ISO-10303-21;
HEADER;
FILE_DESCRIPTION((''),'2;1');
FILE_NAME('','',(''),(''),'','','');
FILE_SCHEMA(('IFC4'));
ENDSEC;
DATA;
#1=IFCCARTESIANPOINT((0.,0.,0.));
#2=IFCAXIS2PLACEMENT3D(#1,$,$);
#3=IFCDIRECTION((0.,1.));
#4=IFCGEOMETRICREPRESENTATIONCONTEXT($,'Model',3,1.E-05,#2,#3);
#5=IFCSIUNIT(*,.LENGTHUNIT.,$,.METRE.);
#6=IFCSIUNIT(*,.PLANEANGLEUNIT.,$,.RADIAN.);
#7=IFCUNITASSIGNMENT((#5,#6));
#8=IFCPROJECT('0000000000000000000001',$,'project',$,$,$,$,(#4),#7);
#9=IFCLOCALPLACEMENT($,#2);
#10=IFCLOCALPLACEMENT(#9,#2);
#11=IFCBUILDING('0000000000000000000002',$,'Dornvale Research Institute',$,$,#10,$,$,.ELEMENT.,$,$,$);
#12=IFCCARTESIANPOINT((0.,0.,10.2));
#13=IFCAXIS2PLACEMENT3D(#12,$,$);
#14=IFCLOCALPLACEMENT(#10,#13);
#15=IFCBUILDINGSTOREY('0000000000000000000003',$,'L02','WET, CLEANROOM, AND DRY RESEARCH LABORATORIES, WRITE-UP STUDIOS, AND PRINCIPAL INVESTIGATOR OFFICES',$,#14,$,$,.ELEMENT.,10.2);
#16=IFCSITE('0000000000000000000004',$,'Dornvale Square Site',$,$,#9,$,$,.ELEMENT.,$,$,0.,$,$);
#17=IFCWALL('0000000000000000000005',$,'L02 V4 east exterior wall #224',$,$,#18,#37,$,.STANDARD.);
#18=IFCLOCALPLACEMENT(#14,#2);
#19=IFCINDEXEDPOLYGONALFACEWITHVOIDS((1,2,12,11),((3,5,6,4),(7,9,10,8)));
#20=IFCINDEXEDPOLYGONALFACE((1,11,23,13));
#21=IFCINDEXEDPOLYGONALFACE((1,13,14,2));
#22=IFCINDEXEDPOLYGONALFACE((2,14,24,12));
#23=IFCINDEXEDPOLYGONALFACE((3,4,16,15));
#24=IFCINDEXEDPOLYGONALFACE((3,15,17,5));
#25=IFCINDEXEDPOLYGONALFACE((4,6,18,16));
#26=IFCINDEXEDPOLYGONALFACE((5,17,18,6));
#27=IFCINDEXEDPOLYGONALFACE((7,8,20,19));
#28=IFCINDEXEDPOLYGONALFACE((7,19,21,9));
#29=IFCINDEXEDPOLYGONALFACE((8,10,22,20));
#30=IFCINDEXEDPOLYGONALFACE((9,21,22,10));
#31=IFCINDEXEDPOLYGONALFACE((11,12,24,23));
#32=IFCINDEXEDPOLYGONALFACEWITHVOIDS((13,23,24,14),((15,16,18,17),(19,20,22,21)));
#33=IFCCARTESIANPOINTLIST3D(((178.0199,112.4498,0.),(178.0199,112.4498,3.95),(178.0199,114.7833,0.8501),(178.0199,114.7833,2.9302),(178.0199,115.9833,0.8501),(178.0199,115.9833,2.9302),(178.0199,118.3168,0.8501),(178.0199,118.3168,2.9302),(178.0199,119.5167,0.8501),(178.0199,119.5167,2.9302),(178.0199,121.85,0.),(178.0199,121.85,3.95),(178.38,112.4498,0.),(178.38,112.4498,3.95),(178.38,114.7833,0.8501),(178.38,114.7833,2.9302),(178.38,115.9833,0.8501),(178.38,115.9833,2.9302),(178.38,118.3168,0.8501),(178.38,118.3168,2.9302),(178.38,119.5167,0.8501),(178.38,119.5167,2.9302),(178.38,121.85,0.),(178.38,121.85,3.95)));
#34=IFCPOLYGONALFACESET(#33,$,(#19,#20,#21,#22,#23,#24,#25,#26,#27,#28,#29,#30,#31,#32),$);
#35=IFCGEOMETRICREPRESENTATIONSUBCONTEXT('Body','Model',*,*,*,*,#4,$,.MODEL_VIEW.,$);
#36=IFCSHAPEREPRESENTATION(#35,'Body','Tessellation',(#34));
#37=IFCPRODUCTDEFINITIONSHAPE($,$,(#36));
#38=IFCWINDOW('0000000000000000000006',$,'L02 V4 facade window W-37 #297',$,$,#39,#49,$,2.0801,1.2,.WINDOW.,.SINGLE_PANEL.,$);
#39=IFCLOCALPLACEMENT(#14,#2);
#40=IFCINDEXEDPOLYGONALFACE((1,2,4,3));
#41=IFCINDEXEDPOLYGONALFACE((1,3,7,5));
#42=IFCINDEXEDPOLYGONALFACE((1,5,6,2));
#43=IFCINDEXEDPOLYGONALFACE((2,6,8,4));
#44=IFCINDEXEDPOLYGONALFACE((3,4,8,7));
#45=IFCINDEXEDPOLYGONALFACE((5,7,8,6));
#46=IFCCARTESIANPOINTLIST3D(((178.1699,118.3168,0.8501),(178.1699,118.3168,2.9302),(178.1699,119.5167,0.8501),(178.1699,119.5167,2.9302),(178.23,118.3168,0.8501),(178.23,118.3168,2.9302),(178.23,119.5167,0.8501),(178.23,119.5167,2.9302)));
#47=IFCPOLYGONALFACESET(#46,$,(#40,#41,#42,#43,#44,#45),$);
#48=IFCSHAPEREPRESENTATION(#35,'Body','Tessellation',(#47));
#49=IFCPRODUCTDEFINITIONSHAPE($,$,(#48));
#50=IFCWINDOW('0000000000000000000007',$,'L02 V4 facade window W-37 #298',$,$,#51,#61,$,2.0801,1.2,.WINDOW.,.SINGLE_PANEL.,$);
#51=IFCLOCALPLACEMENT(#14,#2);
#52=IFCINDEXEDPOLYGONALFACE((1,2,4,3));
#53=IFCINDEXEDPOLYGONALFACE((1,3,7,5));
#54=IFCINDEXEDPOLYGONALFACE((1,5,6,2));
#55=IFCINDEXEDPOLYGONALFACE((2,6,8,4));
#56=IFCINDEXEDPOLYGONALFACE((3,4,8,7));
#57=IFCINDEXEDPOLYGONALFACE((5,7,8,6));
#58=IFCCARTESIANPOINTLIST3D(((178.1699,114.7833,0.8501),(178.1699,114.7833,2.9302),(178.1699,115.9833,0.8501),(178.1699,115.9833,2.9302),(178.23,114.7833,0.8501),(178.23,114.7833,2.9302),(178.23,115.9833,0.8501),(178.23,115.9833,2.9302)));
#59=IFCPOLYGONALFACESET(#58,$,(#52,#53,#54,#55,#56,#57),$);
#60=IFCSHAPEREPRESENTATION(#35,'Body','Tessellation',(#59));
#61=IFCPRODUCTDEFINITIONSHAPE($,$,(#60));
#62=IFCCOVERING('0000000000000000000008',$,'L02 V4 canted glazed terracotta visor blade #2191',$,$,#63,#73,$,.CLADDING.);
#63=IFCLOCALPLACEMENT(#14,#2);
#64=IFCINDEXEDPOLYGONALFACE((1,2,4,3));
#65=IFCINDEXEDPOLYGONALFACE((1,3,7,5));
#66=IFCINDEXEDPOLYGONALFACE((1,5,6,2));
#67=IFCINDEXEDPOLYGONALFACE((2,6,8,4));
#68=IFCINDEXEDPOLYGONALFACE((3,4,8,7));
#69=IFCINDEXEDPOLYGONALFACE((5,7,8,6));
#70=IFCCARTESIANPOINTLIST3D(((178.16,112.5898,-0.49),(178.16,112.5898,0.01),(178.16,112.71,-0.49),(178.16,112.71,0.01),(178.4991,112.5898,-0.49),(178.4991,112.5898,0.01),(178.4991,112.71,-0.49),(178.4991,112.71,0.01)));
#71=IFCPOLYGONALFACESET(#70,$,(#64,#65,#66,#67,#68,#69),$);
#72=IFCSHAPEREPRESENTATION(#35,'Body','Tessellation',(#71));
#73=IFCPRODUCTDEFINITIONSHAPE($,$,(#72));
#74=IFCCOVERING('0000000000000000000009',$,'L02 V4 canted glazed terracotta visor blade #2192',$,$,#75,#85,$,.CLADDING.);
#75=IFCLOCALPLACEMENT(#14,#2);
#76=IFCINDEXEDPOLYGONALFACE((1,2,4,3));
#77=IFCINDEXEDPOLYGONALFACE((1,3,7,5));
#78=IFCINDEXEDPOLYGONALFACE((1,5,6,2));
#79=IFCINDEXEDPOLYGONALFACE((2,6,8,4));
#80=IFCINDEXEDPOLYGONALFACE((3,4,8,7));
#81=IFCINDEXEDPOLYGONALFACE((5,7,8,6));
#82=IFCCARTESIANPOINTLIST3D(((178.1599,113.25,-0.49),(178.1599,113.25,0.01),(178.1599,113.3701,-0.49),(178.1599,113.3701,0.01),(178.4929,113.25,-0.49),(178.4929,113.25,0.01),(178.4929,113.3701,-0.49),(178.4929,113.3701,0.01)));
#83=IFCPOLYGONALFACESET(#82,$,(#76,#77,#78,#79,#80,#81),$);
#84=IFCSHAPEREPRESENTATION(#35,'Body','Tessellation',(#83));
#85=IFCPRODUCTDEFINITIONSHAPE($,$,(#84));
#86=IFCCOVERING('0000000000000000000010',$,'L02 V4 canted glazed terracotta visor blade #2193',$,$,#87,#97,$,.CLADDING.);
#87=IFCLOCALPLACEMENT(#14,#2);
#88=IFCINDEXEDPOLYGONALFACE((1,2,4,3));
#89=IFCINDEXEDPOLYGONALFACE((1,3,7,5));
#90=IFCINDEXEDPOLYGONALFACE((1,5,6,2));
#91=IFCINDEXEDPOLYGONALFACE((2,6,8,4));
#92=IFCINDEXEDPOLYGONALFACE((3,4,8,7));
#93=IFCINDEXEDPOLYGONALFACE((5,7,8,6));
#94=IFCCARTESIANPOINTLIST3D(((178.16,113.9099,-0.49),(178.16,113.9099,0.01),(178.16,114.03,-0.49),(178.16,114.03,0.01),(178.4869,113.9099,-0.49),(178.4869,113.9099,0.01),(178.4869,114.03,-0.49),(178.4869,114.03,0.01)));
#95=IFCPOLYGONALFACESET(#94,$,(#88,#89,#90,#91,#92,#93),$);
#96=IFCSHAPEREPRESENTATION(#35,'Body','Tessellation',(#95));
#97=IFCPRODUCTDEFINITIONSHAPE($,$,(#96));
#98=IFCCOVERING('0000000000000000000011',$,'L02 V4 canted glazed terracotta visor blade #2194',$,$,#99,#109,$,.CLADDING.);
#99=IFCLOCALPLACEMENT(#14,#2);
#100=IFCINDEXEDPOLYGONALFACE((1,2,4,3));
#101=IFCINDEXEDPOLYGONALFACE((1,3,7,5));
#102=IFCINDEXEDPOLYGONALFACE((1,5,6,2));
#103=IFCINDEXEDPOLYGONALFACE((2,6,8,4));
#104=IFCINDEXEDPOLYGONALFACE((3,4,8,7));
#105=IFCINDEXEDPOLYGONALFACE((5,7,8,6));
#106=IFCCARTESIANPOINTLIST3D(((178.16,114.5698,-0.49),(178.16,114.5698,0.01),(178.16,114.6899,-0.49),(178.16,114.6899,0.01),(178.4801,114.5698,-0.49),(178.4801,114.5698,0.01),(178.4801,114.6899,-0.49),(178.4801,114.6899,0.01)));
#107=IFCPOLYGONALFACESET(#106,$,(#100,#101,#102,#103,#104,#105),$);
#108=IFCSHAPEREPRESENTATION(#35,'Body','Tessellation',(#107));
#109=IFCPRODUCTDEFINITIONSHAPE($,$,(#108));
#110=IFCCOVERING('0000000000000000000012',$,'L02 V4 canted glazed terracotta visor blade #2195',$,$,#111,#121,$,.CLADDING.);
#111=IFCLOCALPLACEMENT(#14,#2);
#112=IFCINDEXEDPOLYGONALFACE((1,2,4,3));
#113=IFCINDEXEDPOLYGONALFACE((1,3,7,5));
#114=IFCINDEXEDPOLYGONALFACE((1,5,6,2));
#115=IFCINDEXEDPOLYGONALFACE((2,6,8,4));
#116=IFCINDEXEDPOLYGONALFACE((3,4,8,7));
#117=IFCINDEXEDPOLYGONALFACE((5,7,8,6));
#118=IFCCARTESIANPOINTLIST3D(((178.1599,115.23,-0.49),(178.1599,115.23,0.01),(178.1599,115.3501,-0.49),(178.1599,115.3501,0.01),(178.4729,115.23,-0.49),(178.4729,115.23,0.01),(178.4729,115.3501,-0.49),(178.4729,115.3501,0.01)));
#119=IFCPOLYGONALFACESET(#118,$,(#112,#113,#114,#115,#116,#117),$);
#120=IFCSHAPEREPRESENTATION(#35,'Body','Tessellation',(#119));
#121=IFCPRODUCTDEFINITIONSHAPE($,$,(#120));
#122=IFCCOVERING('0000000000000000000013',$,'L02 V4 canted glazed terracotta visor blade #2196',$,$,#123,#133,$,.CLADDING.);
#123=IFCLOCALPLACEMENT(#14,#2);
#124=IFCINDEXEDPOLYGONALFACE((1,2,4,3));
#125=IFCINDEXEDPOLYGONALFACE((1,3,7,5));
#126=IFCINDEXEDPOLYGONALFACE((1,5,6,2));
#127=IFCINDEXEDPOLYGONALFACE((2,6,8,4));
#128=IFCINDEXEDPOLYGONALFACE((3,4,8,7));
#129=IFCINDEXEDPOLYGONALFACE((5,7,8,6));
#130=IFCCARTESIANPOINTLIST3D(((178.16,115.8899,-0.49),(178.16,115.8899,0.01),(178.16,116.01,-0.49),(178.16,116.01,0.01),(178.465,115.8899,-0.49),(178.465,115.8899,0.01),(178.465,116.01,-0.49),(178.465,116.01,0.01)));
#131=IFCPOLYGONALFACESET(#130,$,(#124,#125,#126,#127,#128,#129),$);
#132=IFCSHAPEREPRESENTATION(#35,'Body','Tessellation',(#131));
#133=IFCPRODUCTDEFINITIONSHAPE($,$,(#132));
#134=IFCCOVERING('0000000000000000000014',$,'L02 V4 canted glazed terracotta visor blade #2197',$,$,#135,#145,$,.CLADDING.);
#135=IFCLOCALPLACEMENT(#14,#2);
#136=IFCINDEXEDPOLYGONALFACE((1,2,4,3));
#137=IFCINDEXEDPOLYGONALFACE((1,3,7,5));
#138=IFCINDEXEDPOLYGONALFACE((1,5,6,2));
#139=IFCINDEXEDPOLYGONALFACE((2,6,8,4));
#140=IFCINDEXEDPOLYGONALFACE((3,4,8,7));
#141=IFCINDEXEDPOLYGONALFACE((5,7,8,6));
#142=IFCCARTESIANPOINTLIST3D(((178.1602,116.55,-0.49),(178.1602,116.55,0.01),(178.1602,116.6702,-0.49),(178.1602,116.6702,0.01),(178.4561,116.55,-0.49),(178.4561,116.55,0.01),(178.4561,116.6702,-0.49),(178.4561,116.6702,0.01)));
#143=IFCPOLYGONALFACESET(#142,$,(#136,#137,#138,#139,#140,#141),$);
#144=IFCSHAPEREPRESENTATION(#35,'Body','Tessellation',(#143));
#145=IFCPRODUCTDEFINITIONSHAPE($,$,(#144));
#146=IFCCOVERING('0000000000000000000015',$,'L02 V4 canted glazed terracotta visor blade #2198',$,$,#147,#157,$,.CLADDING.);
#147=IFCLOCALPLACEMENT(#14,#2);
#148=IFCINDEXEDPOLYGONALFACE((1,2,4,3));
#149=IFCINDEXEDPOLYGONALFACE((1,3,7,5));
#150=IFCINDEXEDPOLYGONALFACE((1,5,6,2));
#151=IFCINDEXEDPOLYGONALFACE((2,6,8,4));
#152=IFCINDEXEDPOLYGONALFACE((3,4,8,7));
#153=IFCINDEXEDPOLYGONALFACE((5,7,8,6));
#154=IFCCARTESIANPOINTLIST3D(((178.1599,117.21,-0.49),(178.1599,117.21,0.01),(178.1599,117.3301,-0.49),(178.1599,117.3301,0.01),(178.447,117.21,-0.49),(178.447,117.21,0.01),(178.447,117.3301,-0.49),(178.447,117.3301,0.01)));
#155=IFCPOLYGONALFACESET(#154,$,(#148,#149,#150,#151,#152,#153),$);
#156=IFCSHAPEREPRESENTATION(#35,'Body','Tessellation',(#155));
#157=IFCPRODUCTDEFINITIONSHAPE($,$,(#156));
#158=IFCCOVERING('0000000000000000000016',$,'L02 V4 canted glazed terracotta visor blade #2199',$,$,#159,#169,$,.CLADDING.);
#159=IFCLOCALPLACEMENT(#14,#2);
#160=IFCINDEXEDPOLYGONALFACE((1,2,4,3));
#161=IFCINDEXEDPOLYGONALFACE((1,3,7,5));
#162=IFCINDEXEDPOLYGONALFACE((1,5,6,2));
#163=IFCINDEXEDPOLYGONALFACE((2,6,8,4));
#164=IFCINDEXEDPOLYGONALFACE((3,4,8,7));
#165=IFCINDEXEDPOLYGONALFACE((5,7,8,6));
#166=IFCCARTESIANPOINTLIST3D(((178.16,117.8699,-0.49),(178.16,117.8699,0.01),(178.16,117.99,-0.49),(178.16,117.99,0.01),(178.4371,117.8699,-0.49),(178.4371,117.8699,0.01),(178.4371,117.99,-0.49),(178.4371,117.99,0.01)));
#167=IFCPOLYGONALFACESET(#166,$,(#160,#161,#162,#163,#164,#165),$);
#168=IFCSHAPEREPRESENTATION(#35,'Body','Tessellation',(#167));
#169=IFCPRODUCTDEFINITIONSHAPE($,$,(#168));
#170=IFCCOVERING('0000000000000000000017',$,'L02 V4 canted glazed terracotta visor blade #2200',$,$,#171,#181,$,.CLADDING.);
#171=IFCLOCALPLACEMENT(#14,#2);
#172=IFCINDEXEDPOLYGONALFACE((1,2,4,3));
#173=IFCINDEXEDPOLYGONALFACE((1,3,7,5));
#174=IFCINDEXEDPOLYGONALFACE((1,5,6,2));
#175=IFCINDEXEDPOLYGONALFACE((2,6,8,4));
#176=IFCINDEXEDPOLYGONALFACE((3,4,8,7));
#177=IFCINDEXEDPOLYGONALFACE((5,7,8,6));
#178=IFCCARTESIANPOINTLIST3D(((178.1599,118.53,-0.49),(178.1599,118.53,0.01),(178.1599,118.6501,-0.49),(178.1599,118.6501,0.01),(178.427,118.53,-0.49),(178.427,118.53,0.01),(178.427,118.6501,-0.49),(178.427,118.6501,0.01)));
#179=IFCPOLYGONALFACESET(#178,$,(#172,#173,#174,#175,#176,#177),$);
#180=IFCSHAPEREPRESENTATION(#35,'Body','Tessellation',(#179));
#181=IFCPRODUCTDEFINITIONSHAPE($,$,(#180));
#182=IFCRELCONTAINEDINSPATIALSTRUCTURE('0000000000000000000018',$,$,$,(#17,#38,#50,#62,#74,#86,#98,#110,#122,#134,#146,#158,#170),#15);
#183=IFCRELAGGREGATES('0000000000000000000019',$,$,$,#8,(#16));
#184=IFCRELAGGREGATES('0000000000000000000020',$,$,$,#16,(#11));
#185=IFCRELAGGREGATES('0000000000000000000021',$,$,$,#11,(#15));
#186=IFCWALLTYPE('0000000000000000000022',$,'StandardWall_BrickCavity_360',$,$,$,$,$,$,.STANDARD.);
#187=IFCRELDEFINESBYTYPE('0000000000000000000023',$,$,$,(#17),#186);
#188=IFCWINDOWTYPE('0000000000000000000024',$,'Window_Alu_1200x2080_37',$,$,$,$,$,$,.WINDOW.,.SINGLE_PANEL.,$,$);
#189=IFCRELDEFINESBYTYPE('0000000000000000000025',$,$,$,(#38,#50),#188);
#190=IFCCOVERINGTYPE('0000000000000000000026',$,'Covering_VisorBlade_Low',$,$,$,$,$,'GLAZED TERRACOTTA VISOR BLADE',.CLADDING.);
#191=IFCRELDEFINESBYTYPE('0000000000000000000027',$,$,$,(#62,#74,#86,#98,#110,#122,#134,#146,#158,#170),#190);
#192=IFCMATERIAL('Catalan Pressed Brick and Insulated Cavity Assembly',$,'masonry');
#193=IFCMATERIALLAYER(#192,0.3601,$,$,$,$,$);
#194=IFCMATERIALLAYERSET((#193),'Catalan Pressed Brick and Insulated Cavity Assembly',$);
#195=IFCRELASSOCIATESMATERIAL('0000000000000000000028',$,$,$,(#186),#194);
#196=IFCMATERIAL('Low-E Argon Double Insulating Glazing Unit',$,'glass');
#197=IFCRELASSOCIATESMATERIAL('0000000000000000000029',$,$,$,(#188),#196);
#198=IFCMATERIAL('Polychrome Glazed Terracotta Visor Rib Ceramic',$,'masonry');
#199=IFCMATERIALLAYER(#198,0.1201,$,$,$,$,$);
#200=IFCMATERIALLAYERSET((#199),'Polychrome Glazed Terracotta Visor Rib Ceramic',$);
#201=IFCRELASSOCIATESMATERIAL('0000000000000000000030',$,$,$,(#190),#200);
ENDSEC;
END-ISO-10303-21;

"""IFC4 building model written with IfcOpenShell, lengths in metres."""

from ifc_helpers import new_model, si_unit, direction, frame, frame_2d, origin, origin_2d, place, context, subcontext, project, spatial, rectangle, extrude, material, layer, layer_set, type_object, element, fill, save


model = new_model("IFC4")

# Units and contexts
model_context = context("Model", 3, precision=1e-05, world=origin(), true_north=direction((0.0, 1.0)))
body_context = subcontext(model_context, "Body", "Model", "MODEL_VIEW")
ifc_project = project(units=[si_unit("LENGTHUNIT", "METRE"), si_unit("PLANEANGLEUNIT", "RADIAN")], contexts=[model_context])

# Site, building, storey
site_placement = place(None, origin())
site = spatial("IfcSite", under=ifc_project, at=site_placement, Name="Dornvale Square Site", CompositionType="ELEMENT", RefElevation=0.0)
building_placement = place(site_placement, origin())
building = spatial("IfcBuilding", under=site, at=building_placement, Name="Dornvale Research Institute", CompositionType="ELEMENT")
storey_placement = place(building_placement, frame((0.0, 0.0, 10.2)))
storey = spatial("IfcBuildingStorey", under=building, at=storey_placement, Name="L02", Description="WET, CLEANROOM, AND DRY RESEARCH LABORATORIES, WRITE-UP STUDIOS, AND PRINCIPAL INVESTIGATOR OFFICES", CompositionType="ELEMENT", Elevation=10.2)

# Wall, openings, windows
ifc_material_1 = material(Name="Catalan Pressed Brick and Insulated Cavity Assembly", Category="masonry")
ifc_layer_1 = layer(ifc_material_1, 0.3601)
ifc_layer_set_1 = layer_set([ifc_layer_1], Name="Catalan Pressed Brick and Insulated Cavity Assembly")
wall_type = type_object("IfcWallType", Name="StandardWall_BrickCavity_360", PredefinedType="STANDARD", material=ifc_layer_set_1)
wall_placement = place(storey_placement, frame((178.2, 121.8501, 0.0), z_axis=(0.0, 0.0, 1.0), x_axis=(0.0, -1.0, 0.0)))
wall = element("IfcWall", 1, at=wall_placement, inside=storey, type_object=wall_type, Name="L02 V4 east exterior wall #224", PredefinedType="STANDARD", context=body_context, shape_type="SweptSolid", body=[
    extrude(rectangle(XDim=9.4001, YDim=0.3601, at=frame_2d((4.7002, 0.0))), origin(), (0.0, 0.0, 1.0), 3.95),
])
opening_1_placement = place(wall_placement, frame((2.3333, 0.0, 0.8501)))
opening_1 = element("IfcOpeningElement", 2, at=opening_1_placement, cuts=wall, PredefinedType="OPENING", context=body_context, shape_type="SweptSolid", body=[
    extrude(rectangle(XDim=1.2, YDim=2.0801, at=frame_2d((0.6001, 1.04))), frame((0.0, 0.1951, 0.0), z_axis=(0.0, -1.0, 0.0), x_axis=(1.0, 0.0, 0.0)), (0.0, 0.0, 1.0), 0.3901),
])
opening_2_placement = place(wall_placement, frame((5.8667, 0.0, 0.8501)))
opening_2 = element("IfcOpeningElement", 3, at=opening_2_placement, cuts=wall, PredefinedType="OPENING", context=body_context, shape_type="SweptSolid", body=[
    extrude(rectangle(XDim=1.2, YDim=2.0801, at=frame_2d((0.6001, 1.04))), frame((0.0, 0.1951, 0.0), z_axis=(0.0, -1.0, 0.0), x_axis=(1.0, 0.0, 0.0)), (0.0, 0.0, 1.0), 0.3901),
])
ifc_material_2 = material(Name="Low-E Argon Double Insulating Glazing Unit", Category="glass")
window_type = type_object("IfcWindowType", Name="Window_Alu_1200x2080_37", PartitioningType="SINGLE_PANEL", PredefinedType="WINDOW", material=ifc_material_2)
window_1_placement = place(opening_1_placement, origin())
window_1 = element("IfcWindow", 4, at=window_1_placement, inside=storey, type_object=window_type, Name="L02 V4 facade window W-37 #297", OverallHeight=2.0801, OverallWidth=1.2, PartitioningType="SINGLE_PANEL", PredefinedType="WINDOW", context=body_context, shape_type="SweptSolid", body=[
    extrude(rectangle(XDim=1.2, YDim=2.0801, at=frame_2d((0.6001, 1.04))), frame((0.0, 0.03, 0.0), z_axis=(0.0, -1.0, 0.0), x_axis=(1.0, 0.0, 0.0)), (0.0, 0.0, 1.0), 0.0601),
])
fill(opening_1, window_1)
window_2_placement = place(opening_2_placement, origin())
window_2 = element("IfcWindow", 5, at=window_2_placement, inside=storey, type_object=window_type, Name="L02 V4 facade window W-37 #298", OverallHeight=2.0801, OverallWidth=1.2, PartitioningType="SINGLE_PANEL", PredefinedType="WINDOW", context=body_context, shape_type="SweptSolid", body=[
    extrude(rectangle(XDim=1.2, YDim=2.0801, at=frame_2d((0.6001, 1.04))), frame((0.0, 0.03, 0.0), z_axis=(0.0, -1.0, 0.0), x_axis=(1.0, 0.0, 0.0)), (0.0, 0.0, 1.0), 0.0601),
])
fill(opening_2, window_2)

# Coverings
ifc_material_3 = material(Name="Polychrome Glazed Terracotta Visor Rib Ceramic", Category="masonry")
ifc_layer_2 = layer(ifc_material_3, 0.1201)
ifc_layer_set_2 = layer_set([ifc_layer_2], Name="Polychrome Glazed Terracotta Visor Rib Ceramic")
covering_type = type_object("IfcCoveringType", Name="Covering_VisorBlade_Low", ElementType="GLAZED TERRACOTTA VISOR BLADE", PredefinedType="CLADDING", material=ifc_layer_set_2)
covering_1_placement = place(storey_placement, frame((178.3296, 112.6499, -0.49), z_axis=(0.0, 0.0, 1.0), x_axis=(1.0, 0.0, 0.0)))
element("IfcCovering", 6, at=covering_1_placement, inside=storey, type_object=covering_type, Name="L02 V4 canted glazed terracotta visor blade #2191", PredefinedType="CLADDING", context=body_context, shape_type="SweptSolid", body=[
    extrude(rectangle(XDim=0.3391, YDim=0.1201, at=origin_2d()), origin(), (0.0, 0.0, 1.0), 0.5),
])
covering_2_placement = place(storey_placement, frame((178.3264, 113.3101, -0.49), z_axis=(0.0, 0.0, 1.0), x_axis=(1.0, 0.0, 0.0)))
element("IfcCovering", 7, at=covering_2_placement, inside=storey, type_object=covering_type, Name="L02 V4 canted glazed terracotta visor blade #2192", PredefinedType="CLADDING", context=body_context, shape_type="SweptSolid", body=[
    extrude(rectangle(XDim=0.333, YDim=0.1201, at=origin_2d()), origin(), (0.0, 0.0, 1.0), 0.5),
])
covering_3_placement = place(storey_placement, frame((178.3235, 113.97, -0.49), z_axis=(0.0, 0.0, 1.0), x_axis=(1.0, 0.0, 0.0)))
element("IfcCovering", 8, at=covering_3_placement, inside=storey, type_object=covering_type, Name="L02 V4 canted glazed terracotta visor blade #2193", PredefinedType="CLADDING", context=body_context, shape_type="SweptSolid", body=[
    extrude(rectangle(XDim=0.3269, YDim=0.1201, at=origin_2d()), origin(), (0.0, 0.0, 1.0), 0.5),
])
covering_4_placement = place(storey_placement, frame((178.3201, 114.6299, -0.49), z_axis=(0.0, 0.0, 1.0), x_axis=(1.0, 0.0, 0.0)))
element("IfcCovering", 9, at=covering_4_placement, inside=storey, type_object=covering_type, Name="L02 V4 canted glazed terracotta visor blade #2194", PredefinedType="CLADDING", context=body_context, shape_type="SweptSolid", body=[
    extrude(rectangle(XDim=0.3201, YDim=0.1201, at=origin_2d()), origin(), (0.0, 0.0, 1.0), 0.5),
])
covering_5_placement = place(storey_placement, frame((178.3164, 115.29, -0.49), z_axis=(0.0, 0.0, 1.0), x_axis=(1.0, 0.0, 0.0)))
element("IfcCovering", 10, at=covering_5_placement, inside=storey, type_object=covering_type, Name="L02 V4 canted glazed terracotta visor blade #2195", PredefinedType="CLADDING", context=body_context, shape_type="SweptSolid", body=[
    extrude(rectangle(XDim=0.313, YDim=0.1201, at=origin_2d()), origin(), (0.0, 0.0, 1.0), 0.5),
])
covering_6_placement = place(storey_placement, frame((178.3125, 115.95, -0.49), z_axis=(0.0, 0.0, 1.0), x_axis=(1.0, 0.0, 0.0)))
element("IfcCovering", 11, at=covering_6_placement, inside=storey, type_object=covering_type, Name="L02 V4 canted glazed terracotta visor blade #2196", PredefinedType="CLADDING", context=body_context, shape_type="SweptSolid", body=[
    extrude(rectangle(XDim=0.3049, YDim=0.1201, at=origin_2d()), origin(), (0.0, 0.0, 1.0), 0.5),
])
covering_7_placement = place(storey_placement, frame((178.3081, 116.6101, -0.49), z_axis=(0.0, 0.0, 1.0), x_axis=(1.0, 0.0, 0.0)))
element("IfcCovering", 12, at=covering_7_placement, inside=storey, type_object=covering_type, Name="L02 V4 canted glazed terracotta visor blade #2197", PredefinedType="CLADDING", context=body_context, shape_type="SweptSolid", body=[
    extrude(rectangle(XDim=0.2959, YDim=0.1201, at=origin_2d()), origin(), (0.0, 0.0, 1.0), 0.5),
])
covering_8_placement = place(storey_placement, frame((178.3035, 117.27, -0.49), z_axis=(0.0, 0.0, 1.0), x_axis=(1.0, 0.0, 0.0)))
element("IfcCovering", 13, at=covering_8_placement, inside=storey, type_object=covering_type, Name="L02 V4 canted glazed terracotta visor blade #2198", PredefinedType="CLADDING", context=body_context, shape_type="SweptSolid", body=[
    extrude(rectangle(XDim=0.2871, YDim=0.1201, at=origin_2d()), origin(), (0.0, 0.0, 1.0), 0.5),
])
covering_9_placement = place(storey_placement, frame((178.2986, 117.9299, -0.49), z_axis=(0.0, 0.0, 1.0), x_axis=(1.0, 0.0, 0.0)))
element("IfcCovering", 14, at=covering_9_placement, inside=storey, type_object=covering_type, Name="L02 V4 canted glazed terracotta visor blade #2199", PredefinedType="CLADDING", context=body_context, shape_type="SweptSolid", body=[
    extrude(rectangle(XDim=0.2771, YDim=0.1201, at=origin_2d()), origin(), (0.0, 0.0, 1.0), 0.5),
])
covering_10_placement = place(storey_placement, frame((178.2935, 118.5901, -0.49), z_axis=(0.0, 0.0, 1.0), x_axis=(1.0, 0.0, 0.0)))
element("IfcCovering", 15, at=covering_10_placement, inside=storey, type_object=covering_type, Name="L02 V4 canted glazed terracotta visor blade #2200", PredefinedType="CLADDING", context=body_context, shape_type="SweptSolid", body=[
    extrude(rectangle(XDim=0.2671, YDim=0.1201, at=origin_2d()), origin(), (0.0, 0.0, 1.0), 0.5),
])

save(model, "model.ifc")
